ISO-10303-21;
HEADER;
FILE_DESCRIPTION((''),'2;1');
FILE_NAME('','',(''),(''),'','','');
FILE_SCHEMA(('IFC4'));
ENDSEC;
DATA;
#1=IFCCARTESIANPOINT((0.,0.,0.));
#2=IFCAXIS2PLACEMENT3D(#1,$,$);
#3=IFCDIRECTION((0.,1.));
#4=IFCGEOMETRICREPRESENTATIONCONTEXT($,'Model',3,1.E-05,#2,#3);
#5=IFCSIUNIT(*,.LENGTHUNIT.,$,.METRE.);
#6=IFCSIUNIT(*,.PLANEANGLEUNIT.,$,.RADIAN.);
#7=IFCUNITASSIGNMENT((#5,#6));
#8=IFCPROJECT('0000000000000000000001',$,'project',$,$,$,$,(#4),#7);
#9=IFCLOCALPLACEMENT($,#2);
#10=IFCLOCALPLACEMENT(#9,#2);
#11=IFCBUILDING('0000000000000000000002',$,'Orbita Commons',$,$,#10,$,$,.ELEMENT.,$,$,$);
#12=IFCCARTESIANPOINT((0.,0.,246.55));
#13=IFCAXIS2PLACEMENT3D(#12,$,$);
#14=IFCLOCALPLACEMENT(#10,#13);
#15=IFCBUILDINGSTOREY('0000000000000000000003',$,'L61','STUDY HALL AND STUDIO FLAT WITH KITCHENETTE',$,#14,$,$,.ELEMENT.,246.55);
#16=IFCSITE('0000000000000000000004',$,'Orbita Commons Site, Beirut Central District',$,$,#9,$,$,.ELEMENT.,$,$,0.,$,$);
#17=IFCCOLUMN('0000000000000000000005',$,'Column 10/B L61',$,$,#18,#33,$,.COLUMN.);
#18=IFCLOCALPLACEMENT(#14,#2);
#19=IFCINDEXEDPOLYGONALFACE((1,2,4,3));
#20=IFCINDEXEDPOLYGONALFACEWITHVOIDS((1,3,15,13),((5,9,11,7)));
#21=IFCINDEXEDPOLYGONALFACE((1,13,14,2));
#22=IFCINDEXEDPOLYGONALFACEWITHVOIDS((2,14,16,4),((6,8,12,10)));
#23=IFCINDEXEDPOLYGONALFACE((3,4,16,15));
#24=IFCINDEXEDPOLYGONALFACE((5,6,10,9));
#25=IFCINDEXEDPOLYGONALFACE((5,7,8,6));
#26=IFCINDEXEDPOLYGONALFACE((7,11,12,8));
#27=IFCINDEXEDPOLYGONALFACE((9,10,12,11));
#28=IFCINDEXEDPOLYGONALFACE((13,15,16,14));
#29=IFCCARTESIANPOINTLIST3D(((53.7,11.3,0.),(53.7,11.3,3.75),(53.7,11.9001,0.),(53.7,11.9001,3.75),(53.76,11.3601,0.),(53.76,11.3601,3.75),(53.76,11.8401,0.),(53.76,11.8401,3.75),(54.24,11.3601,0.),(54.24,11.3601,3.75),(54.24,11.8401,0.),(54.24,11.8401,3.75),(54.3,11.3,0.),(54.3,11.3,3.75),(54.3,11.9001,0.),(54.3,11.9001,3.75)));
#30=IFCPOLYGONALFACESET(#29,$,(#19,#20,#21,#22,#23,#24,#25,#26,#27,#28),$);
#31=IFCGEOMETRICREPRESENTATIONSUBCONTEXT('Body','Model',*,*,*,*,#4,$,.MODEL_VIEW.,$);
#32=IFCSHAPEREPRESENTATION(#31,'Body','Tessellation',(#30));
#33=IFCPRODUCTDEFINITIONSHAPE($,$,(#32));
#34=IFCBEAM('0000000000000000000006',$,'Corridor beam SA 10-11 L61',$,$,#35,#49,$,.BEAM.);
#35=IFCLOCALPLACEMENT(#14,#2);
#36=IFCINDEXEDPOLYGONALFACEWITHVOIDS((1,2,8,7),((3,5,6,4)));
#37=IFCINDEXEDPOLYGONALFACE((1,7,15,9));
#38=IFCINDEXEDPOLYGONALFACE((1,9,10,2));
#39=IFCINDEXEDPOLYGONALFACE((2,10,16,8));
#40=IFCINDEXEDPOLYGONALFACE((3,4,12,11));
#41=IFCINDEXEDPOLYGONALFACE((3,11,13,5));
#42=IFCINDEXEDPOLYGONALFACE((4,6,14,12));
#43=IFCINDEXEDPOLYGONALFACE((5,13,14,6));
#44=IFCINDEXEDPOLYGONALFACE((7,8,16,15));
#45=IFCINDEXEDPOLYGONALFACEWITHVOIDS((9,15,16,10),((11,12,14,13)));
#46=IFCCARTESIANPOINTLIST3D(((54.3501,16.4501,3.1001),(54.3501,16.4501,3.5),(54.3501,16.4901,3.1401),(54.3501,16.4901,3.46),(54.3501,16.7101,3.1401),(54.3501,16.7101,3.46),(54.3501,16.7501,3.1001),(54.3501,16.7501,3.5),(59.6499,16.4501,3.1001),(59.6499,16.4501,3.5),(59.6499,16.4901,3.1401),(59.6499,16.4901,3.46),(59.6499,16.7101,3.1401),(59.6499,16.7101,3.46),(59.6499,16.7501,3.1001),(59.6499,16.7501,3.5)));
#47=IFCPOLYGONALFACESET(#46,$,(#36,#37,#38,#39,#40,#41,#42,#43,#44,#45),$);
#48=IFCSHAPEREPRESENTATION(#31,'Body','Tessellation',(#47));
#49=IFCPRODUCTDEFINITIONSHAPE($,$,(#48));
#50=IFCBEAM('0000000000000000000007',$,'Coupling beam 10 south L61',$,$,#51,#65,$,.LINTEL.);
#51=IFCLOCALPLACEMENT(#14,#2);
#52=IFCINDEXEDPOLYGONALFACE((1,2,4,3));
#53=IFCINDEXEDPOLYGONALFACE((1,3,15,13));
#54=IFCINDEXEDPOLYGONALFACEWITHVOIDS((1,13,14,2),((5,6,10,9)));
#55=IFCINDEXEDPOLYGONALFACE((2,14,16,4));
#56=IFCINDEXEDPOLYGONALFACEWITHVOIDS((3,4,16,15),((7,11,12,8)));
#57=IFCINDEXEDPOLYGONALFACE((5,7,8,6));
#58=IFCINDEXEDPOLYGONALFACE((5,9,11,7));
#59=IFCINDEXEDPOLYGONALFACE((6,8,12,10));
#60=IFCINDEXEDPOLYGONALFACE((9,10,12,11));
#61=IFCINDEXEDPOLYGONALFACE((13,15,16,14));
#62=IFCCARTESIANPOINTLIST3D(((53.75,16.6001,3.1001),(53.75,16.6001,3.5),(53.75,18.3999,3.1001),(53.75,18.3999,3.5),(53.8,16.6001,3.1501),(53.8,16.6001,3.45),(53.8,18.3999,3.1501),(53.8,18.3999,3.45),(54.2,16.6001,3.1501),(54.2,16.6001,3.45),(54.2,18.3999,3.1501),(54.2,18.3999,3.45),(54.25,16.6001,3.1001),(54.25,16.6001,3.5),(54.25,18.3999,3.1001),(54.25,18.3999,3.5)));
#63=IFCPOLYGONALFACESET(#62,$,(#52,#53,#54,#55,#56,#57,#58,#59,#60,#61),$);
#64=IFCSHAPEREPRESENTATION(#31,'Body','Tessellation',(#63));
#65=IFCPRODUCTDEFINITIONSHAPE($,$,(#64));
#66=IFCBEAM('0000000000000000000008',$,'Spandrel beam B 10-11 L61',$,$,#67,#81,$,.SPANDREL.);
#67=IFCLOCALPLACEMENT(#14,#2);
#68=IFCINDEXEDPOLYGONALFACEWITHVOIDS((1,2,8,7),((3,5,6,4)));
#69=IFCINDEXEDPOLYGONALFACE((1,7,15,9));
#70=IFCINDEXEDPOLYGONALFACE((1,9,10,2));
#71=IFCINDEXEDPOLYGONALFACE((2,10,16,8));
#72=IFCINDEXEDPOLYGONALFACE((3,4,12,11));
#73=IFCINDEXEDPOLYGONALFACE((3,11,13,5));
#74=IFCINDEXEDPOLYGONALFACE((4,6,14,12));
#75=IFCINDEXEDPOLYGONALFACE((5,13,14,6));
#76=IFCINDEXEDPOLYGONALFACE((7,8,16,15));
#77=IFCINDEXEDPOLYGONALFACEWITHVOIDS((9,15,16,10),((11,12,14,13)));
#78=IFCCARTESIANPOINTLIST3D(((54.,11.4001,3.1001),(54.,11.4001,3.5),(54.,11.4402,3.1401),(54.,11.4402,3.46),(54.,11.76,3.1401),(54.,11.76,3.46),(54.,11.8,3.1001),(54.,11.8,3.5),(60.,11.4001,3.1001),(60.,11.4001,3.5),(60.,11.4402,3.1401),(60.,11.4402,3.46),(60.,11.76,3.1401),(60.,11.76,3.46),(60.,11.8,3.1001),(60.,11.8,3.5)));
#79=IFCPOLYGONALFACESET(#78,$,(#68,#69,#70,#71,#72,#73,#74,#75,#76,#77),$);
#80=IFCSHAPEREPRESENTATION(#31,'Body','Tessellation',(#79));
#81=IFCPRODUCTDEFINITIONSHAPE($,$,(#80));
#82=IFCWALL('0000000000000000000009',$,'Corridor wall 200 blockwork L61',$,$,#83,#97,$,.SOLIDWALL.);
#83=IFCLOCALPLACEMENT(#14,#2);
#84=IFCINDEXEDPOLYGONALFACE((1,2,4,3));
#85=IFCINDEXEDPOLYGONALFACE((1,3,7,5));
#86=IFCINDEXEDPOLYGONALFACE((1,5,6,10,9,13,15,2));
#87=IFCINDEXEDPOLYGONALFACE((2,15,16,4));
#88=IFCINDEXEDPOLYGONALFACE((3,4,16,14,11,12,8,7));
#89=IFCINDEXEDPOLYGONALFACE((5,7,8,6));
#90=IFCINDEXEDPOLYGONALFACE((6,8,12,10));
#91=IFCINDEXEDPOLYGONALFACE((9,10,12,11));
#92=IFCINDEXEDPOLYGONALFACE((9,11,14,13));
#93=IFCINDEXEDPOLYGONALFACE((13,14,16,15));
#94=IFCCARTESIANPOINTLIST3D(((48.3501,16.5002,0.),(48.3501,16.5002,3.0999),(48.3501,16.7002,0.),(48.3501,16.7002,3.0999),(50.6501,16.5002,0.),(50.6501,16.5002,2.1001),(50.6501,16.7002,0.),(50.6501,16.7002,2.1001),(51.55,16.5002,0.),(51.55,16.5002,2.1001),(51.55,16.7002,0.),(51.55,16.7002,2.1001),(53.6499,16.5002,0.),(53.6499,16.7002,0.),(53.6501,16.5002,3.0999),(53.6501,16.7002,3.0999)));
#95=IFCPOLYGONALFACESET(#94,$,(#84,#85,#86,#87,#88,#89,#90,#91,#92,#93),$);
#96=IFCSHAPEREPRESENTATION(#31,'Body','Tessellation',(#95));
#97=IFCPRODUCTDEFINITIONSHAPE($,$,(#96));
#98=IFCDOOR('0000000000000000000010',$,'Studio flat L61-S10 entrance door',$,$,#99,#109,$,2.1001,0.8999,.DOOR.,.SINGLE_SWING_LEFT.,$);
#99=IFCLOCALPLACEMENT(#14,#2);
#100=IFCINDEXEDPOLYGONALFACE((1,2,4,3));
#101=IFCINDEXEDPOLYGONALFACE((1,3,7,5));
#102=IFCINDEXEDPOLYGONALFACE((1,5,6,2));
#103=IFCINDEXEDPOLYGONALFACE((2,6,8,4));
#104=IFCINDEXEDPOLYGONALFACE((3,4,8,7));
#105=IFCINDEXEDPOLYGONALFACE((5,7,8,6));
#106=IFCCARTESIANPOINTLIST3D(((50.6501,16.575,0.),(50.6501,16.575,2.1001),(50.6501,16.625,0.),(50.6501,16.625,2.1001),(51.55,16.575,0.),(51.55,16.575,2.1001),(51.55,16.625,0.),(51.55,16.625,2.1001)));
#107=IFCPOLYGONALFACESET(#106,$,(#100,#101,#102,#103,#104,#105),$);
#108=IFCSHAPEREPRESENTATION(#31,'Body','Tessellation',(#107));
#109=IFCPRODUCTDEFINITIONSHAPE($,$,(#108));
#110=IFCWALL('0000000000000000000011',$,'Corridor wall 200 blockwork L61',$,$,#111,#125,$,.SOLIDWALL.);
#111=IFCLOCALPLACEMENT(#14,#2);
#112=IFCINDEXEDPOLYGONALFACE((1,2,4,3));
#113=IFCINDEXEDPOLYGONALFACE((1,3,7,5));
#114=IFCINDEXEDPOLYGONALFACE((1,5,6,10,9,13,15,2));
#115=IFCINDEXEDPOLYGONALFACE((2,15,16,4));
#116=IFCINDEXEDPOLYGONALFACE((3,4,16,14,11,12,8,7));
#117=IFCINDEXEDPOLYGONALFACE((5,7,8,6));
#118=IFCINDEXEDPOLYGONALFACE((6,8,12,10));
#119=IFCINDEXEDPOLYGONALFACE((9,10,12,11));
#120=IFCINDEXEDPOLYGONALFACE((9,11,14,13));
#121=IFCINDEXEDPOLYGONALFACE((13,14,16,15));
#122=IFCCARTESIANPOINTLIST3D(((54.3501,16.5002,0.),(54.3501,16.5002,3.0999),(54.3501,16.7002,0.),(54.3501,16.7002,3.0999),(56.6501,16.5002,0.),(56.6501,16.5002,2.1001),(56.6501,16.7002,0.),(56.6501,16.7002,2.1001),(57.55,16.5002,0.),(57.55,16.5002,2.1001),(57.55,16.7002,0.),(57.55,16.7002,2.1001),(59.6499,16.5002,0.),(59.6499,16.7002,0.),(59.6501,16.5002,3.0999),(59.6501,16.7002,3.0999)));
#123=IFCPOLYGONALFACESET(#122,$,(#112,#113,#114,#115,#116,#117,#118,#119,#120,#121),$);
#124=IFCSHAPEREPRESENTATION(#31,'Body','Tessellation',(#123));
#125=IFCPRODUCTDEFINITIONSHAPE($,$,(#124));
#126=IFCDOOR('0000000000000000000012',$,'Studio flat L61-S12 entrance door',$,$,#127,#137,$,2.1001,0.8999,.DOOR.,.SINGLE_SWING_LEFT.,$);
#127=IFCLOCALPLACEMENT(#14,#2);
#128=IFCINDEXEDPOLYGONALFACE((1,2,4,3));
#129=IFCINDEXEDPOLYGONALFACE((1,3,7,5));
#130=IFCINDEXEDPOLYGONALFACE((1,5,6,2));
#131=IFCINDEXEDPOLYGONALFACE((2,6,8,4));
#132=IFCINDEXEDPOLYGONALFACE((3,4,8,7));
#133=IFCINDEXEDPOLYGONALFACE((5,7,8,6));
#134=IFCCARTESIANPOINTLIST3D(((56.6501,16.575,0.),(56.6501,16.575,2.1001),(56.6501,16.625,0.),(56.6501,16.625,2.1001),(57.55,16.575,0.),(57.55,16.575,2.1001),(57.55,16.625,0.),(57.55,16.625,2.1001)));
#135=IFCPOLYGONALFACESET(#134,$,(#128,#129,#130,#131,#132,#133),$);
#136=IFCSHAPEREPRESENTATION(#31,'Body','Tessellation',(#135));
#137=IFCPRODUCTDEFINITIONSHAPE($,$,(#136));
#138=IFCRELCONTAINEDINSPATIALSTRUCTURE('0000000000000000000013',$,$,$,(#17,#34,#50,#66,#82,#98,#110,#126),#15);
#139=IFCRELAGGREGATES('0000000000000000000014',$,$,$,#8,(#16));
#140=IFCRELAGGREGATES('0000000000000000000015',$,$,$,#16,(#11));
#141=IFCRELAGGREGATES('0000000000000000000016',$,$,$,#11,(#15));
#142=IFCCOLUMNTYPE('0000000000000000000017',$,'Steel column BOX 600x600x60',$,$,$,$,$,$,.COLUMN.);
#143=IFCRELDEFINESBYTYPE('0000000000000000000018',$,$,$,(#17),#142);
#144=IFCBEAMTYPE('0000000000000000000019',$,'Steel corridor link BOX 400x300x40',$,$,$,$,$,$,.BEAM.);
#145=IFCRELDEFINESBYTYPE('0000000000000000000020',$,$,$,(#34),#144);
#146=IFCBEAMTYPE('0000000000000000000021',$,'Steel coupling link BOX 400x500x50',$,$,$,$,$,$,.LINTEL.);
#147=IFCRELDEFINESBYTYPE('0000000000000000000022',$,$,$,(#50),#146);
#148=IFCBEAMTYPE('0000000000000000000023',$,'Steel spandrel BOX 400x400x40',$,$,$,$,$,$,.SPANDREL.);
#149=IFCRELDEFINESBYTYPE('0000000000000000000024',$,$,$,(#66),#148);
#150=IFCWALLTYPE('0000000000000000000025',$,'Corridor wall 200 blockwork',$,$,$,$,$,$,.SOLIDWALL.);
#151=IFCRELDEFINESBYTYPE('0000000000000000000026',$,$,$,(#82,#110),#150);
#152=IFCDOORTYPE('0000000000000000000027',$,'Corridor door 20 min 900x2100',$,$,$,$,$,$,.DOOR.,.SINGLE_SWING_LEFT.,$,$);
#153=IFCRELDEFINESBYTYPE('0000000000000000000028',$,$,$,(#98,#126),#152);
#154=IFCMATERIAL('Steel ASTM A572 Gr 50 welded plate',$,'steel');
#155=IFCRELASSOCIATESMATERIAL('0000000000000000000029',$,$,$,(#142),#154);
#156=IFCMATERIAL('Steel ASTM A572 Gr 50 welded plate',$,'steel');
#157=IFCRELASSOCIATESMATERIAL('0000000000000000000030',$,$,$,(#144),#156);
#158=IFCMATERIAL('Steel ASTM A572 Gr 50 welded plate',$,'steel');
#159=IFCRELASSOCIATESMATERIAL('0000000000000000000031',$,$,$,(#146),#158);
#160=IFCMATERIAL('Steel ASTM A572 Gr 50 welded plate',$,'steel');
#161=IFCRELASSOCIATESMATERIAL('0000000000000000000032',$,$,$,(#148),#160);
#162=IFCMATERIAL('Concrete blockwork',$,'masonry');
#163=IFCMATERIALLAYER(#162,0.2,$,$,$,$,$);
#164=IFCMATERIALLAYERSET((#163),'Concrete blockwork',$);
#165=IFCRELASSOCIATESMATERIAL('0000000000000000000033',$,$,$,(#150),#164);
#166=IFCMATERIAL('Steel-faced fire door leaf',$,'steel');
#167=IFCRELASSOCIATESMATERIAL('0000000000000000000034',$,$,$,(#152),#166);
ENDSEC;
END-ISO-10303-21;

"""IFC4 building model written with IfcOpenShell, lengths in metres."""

from ifc_helpers import new_model, si_unit, direction, frame, frame_2d, origin, origin_2d, place, context, subcontext, project, spatial, polyline, rectangle, hollow_rectangle, outline, extrude, material, layer, layer_set, material_profile, profile_set, type_object, element, fill, save


model = new_model("IFC4")

# Units and contexts
model_context = context("Model", 3, precision=1e-05, world=origin(), true_north=direction((0.0, 1.0)))
body_context = subcontext(model_context, "Body", "Model", "MODEL_VIEW")
ifc_project = project(units=[si_unit("LENGTHUNIT", "METRE"), si_unit("PLANEANGLEUNIT", "RADIAN")], contexts=[model_context])

# Site, building, storey
site_placement = place(None, origin())
site = spatial("IfcSite", under=ifc_project, at=site_placement, Name="Orbita Commons Site, Beirut Central District", CompositionType="ELEMENT", RefElevation=0.0)
building_placement = place(site_placement, origin())
building = spatial("IfcBuilding", under=site, at=building_placement, Name="Orbita Commons", CompositionType="ELEMENT")
storey_placement = place(building_placement, frame((0.0, 0.0, 246.55)))
storey = spatial("IfcBuildingStorey", under=building, at=storey_placement, Name="L61", Description="STUDY HALL AND STUDIO FLAT WITH KITCHENETTE", CompositionType="ELEMENT", Elevation=246.55)

# Column
ifc_material_1 = material(Name="Steel ASTM A572 Gr 50 welded plate", Category="steel")
ifc_material_profile_1 = material_profile(ifc_material_1, hollow_rectangle(XDim=0.6001, YDim=0.6001, WallThickness=0.0601, at=origin_2d()), Name="BOX 600x600x60")
ifc_profile_set_1 = profile_set([ifc_material_profile_1], Name="Steel ASTM A572 Gr 50 welded plate")
column_type = type_object("IfcColumnType", Name="Steel column BOX 600x600x60", PredefinedType="COLUMN", material=ifc_profile_set_1)
column_placement = place(storey_placement, frame((54.0, 11.6001, 0.0), z_axis=(0.0, 0.0, 1.0), x_axis=(1.0, 0.0, 0.0)))
element("IfcColumn", 1, at=column_placement, inside=storey, type_object=column_type, Name="Column 10/B L61", PredefinedType="COLUMN", context=body_context, shape_type="SweptSolid", body=[
    extrude(hollow_rectangle(XDim=0.6001, YDim=0.6001, WallThickness=0.0601, at=origin_2d()), origin(), (0.0, 0.0, 1.0), 3.75),
])

# Beams
ifc_material_2 = material(Name="Steel ASTM A572 Gr 50 welded plate", Category="steel")
ifc_material_profile_2 = material_profile(ifc_material_2, hollow_rectangle(XDim=0.3, YDim=0.3999, WallThickness=0.04, at=origin_2d()), Name="BOX 400x300x40")
ifc_profile_set_2 = profile_set([ifc_material_profile_2], Name="Steel ASTM A572 Gr 50 welded plate")
beam_type_1 = type_object("IfcBeamType", Name="Steel corridor link BOX 400x300x40", PredefinedType="BEAM", material=ifc_profile_set_2)
beam_1_placement = place(storey_placement, frame((54.3501, 16.6001, 3.3), z_axis=(1.0, 0.0, 0.0), x_axis=(0.0, 1.0, 0.0)))
element("IfcBeam", 2, at=beam_1_placement, inside=storey, type_object=beam_type_1, Name="Corridor beam SA 10-11 L61", PredefinedType="BEAM", context=body_context, shape_type="SweptSolid", body=[
    extrude(hollow_rectangle(XDim=0.3, YDim=0.3999, WallThickness=0.04, at=origin_2d()), origin(), (0.0, 0.0, 1.0), 5.2998),
])
ifc_material_3 = material(Name="Steel ASTM A572 Gr 50 welded plate", Category="steel")
ifc_material_profile_3 = material_profile(ifc_material_3, hollow_rectangle(XDim=0.5, YDim=0.3999, WallThickness=0.05, at=origin_2d()), Name="BOX 400x500x50")
ifc_profile_set_3 = profile_set([ifc_material_profile_3], Name="Steel ASTM A572 Gr 50 welded plate")
beam_type_2 = type_object("IfcBeamType", Name="Steel coupling link BOX 400x500x50", PredefinedType="LINTEL", material=ifc_profile_set_3)
beam_2_placement = place(storey_placement, frame((54.0, 16.6001, 3.3), z_axis=(0.0, 1.0, 0.0), x_axis=(-1.0, 0.0, 0.0)))
element("IfcBeam", 3, at=beam_2_placement, inside=storey, type_object=beam_type_2, Name="Coupling beam 10 south L61", PredefinedType="LINTEL", context=body_context, shape_type="SweptSolid", body=[
    extrude(hollow_rectangle(XDim=0.5, YDim=0.3999, WallThickness=0.05, at=origin_2d()), origin(), (0.0, 0.0, 1.0), 1.7998),
])
ifc_material_4 = material(Name="Steel ASTM A572 Gr 50 welded plate", Category="steel")
ifc_material_profile_4 = material_profile(ifc_material_4, hollow_rectangle(XDim=0.3999, YDim=0.3999, WallThickness=0.04, at=origin_2d()), Name="BOX 400x400x40")
ifc_profile_set_4 = profile_set([ifc_material_profile_4], Name="Steel ASTM A572 Gr 50 welded plate")
beam_type_3 = type_object("IfcBeamType", Name="Steel spandrel BOX 400x400x40", PredefinedType="SPANDREL", material=ifc_profile_set_4)
beam_3_placement = place(storey_placement, frame((54.0, 11.6001, 3.3), z_axis=(1.0, 0.0, 0.0), x_axis=(0.0, 1.0, 0.0)))
element("IfcBeam", 4, at=beam_3_placement, inside=storey, type_object=beam_type_3, Name="Spandrel beam B 10-11 L61", PredefinedType="SPANDREL", context=body_context, shape_type="SweptSolid", body=[
    extrude(hollow_rectangle(XDim=0.3999, YDim=0.3999, WallThickness=0.04, at=origin_2d()), origin(), (0.0, 0.0, 1.0), 6.0),
])

# Walls, openings, doors
ifc_material_5 = material(Name="Concrete blockwork", Category="masonry")
ifc_layer_1 = layer(ifc_material_5, 0.2)
ifc_layer_set_1 = layer_set([ifc_layer_1], Name="Concrete blockwork")
wall_type_1 = type_object("IfcWallType", Name="Corridor wall 200 blockwork", PredefinedType="SOLIDWALL", material=ifc_layer_set_1)
wall_1_placement = place(storey_placement, frame((48.3501, 16.6001, 0.0), z_axis=(0.0, 0.0, 1.0), x_axis=(1.0, 0.0, 0.0)))
wall_1 = element("IfcWall", 5, at=wall_1_placement, inside=storey, type_object=wall_type_1, Name="Corridor wall 200 blockwork L61", PredefinedType="SOLIDWALL", context=body_context, shape_type="SweptSolid", body=[
    extrude(outline(polyline([(0.0, 0.0), (5.2998, 0.0), (5.3, 3.0999), (0.0, 3.0999), (0.0, 0.0)])), frame((0.0, 0.1001, 0.0), z_axis=(0.0, -1.0, 0.0), x_axis=(1.0, 0.0, 0.0)), (0.0, 0.0, 1.0), 0.2),
])
opening_1_placement = place(wall_1_placement, frame((2.3, 0.0, 0.0)))
opening_1 = element("IfcOpeningElement", 6, at=opening_1_placement, cuts=wall_1, PredefinedType="OPENING", context=body_context, shape_type="SweptSolid", body=[
    extrude(rectangle(XDim=0.8999, YDim=2.1001, at=frame_2d((0.45, 1.05))), frame((0.0, 0.1099, 0.0), z_axis=(0.0, -1.0, 0.0), x_axis=(1.0, 0.0, 0.0)), (0.0, 0.0, 1.0), 0.22),
])
ifc_material_6 = material(Name="Steel-faced fire door leaf", Category="steel")
door_type_1 = type_object("IfcDoorType", Name="Corridor door 20 min 900x2100", OperationType="SINGLE_SWING_LEFT", PredefinedType="DOOR", material=ifc_material_6)
door_1_placement = place(opening_1_placement, origin())
door_1 = element("IfcDoor", 7, at=door_1_placement, inside=storey, type_object=door_type_1, Name="Studio flat L61-S10 entrance door", OperationType="SINGLE_SWING_LEFT", OverallHeight=2.1001, OverallWidth=0.8999, PredefinedType="DOOR", context=body_context, shape_type="SweptSolid", body=[
    extrude(rectangle(XDim=0.8999, YDim=2.1001, at=frame_2d((0.45, 1.05))), frame((0.0, 0.0249, 0.0), z_axis=(0.0, -1.0, 0.0), x_axis=(1.0, 0.0, 0.0)), (0.0, 0.0, 1.0), 0.05),
])
fill(opening_1, door_1)
wall_2_placement = place(storey_placement, frame((54.3501, 16.6001, 0.0), z_axis=(0.0, 0.0, 1.0), x_axis=(1.0, 0.0, 0.0)))
wall_2 = element("IfcWall", 8, at=wall_2_placement, inside=storey, type_object=wall_type_1, Name="Corridor wall 200 blockwork L61", PredefinedType="SOLIDWALL", context=body_context, shape_type="SweptSolid", body=[
    extrude(outline(polyline([(0.0, 0.0), (5.2998, 0.0), (5.3, 3.0999), (0.0, 3.0999), (0.0, 0.0)])), frame((0.0, 0.1001, 0.0), z_axis=(0.0, -1.0, 0.0), x_axis=(1.0, 0.0, 0.0)), (0.0, 0.0, 1.0), 0.2),
])
opening_2_placement = place(wall_2_placement, frame((2.3, 0.0, 0.0)))
opening_2 = element("IfcOpeningElement", 9, at=opening_2_placement, cuts=wall_2, PredefinedType="OPENING", context=body_context, shape_type="SweptSolid", body=[
    extrude(rectangle(XDim=0.8999, YDim=2.1001, at=frame_2d((0.45, 1.05))), frame((0.0, 0.1099, 0.0), z_axis=(0.0, -1.0, 0.0), x_axis=(1.0, 0.0, 0.0)), (0.0, 0.0, 1.0), 0.22),
])
door_2_placement = place(opening_2_placement, origin())
door_2 = element("IfcDoor", 10, at=door_2_placement, inside=storey, type_object=door_type_1, Name="Studio flat L61-S12 entrance door", OperationType="SINGLE_SWING_LEFT", OverallHeight=2.1001, OverallWidth=0.8999, PredefinedType="DOOR", context=body_context, shape_type="SweptSolid", body=[
    extrude(rectangle(XDim=0.8999, YDim=2.1001, at=frame_2d((0.45, 1.05))), frame((0.0, 0.0249, 0.0), z_axis=(0.0, -1.0, 0.0), x_axis=(1.0, 0.0, 0.0)), (0.0, 0.0, 1.0), 0.05),
])
fill(opening_2, door_2)

save(model, "model.ifc")
